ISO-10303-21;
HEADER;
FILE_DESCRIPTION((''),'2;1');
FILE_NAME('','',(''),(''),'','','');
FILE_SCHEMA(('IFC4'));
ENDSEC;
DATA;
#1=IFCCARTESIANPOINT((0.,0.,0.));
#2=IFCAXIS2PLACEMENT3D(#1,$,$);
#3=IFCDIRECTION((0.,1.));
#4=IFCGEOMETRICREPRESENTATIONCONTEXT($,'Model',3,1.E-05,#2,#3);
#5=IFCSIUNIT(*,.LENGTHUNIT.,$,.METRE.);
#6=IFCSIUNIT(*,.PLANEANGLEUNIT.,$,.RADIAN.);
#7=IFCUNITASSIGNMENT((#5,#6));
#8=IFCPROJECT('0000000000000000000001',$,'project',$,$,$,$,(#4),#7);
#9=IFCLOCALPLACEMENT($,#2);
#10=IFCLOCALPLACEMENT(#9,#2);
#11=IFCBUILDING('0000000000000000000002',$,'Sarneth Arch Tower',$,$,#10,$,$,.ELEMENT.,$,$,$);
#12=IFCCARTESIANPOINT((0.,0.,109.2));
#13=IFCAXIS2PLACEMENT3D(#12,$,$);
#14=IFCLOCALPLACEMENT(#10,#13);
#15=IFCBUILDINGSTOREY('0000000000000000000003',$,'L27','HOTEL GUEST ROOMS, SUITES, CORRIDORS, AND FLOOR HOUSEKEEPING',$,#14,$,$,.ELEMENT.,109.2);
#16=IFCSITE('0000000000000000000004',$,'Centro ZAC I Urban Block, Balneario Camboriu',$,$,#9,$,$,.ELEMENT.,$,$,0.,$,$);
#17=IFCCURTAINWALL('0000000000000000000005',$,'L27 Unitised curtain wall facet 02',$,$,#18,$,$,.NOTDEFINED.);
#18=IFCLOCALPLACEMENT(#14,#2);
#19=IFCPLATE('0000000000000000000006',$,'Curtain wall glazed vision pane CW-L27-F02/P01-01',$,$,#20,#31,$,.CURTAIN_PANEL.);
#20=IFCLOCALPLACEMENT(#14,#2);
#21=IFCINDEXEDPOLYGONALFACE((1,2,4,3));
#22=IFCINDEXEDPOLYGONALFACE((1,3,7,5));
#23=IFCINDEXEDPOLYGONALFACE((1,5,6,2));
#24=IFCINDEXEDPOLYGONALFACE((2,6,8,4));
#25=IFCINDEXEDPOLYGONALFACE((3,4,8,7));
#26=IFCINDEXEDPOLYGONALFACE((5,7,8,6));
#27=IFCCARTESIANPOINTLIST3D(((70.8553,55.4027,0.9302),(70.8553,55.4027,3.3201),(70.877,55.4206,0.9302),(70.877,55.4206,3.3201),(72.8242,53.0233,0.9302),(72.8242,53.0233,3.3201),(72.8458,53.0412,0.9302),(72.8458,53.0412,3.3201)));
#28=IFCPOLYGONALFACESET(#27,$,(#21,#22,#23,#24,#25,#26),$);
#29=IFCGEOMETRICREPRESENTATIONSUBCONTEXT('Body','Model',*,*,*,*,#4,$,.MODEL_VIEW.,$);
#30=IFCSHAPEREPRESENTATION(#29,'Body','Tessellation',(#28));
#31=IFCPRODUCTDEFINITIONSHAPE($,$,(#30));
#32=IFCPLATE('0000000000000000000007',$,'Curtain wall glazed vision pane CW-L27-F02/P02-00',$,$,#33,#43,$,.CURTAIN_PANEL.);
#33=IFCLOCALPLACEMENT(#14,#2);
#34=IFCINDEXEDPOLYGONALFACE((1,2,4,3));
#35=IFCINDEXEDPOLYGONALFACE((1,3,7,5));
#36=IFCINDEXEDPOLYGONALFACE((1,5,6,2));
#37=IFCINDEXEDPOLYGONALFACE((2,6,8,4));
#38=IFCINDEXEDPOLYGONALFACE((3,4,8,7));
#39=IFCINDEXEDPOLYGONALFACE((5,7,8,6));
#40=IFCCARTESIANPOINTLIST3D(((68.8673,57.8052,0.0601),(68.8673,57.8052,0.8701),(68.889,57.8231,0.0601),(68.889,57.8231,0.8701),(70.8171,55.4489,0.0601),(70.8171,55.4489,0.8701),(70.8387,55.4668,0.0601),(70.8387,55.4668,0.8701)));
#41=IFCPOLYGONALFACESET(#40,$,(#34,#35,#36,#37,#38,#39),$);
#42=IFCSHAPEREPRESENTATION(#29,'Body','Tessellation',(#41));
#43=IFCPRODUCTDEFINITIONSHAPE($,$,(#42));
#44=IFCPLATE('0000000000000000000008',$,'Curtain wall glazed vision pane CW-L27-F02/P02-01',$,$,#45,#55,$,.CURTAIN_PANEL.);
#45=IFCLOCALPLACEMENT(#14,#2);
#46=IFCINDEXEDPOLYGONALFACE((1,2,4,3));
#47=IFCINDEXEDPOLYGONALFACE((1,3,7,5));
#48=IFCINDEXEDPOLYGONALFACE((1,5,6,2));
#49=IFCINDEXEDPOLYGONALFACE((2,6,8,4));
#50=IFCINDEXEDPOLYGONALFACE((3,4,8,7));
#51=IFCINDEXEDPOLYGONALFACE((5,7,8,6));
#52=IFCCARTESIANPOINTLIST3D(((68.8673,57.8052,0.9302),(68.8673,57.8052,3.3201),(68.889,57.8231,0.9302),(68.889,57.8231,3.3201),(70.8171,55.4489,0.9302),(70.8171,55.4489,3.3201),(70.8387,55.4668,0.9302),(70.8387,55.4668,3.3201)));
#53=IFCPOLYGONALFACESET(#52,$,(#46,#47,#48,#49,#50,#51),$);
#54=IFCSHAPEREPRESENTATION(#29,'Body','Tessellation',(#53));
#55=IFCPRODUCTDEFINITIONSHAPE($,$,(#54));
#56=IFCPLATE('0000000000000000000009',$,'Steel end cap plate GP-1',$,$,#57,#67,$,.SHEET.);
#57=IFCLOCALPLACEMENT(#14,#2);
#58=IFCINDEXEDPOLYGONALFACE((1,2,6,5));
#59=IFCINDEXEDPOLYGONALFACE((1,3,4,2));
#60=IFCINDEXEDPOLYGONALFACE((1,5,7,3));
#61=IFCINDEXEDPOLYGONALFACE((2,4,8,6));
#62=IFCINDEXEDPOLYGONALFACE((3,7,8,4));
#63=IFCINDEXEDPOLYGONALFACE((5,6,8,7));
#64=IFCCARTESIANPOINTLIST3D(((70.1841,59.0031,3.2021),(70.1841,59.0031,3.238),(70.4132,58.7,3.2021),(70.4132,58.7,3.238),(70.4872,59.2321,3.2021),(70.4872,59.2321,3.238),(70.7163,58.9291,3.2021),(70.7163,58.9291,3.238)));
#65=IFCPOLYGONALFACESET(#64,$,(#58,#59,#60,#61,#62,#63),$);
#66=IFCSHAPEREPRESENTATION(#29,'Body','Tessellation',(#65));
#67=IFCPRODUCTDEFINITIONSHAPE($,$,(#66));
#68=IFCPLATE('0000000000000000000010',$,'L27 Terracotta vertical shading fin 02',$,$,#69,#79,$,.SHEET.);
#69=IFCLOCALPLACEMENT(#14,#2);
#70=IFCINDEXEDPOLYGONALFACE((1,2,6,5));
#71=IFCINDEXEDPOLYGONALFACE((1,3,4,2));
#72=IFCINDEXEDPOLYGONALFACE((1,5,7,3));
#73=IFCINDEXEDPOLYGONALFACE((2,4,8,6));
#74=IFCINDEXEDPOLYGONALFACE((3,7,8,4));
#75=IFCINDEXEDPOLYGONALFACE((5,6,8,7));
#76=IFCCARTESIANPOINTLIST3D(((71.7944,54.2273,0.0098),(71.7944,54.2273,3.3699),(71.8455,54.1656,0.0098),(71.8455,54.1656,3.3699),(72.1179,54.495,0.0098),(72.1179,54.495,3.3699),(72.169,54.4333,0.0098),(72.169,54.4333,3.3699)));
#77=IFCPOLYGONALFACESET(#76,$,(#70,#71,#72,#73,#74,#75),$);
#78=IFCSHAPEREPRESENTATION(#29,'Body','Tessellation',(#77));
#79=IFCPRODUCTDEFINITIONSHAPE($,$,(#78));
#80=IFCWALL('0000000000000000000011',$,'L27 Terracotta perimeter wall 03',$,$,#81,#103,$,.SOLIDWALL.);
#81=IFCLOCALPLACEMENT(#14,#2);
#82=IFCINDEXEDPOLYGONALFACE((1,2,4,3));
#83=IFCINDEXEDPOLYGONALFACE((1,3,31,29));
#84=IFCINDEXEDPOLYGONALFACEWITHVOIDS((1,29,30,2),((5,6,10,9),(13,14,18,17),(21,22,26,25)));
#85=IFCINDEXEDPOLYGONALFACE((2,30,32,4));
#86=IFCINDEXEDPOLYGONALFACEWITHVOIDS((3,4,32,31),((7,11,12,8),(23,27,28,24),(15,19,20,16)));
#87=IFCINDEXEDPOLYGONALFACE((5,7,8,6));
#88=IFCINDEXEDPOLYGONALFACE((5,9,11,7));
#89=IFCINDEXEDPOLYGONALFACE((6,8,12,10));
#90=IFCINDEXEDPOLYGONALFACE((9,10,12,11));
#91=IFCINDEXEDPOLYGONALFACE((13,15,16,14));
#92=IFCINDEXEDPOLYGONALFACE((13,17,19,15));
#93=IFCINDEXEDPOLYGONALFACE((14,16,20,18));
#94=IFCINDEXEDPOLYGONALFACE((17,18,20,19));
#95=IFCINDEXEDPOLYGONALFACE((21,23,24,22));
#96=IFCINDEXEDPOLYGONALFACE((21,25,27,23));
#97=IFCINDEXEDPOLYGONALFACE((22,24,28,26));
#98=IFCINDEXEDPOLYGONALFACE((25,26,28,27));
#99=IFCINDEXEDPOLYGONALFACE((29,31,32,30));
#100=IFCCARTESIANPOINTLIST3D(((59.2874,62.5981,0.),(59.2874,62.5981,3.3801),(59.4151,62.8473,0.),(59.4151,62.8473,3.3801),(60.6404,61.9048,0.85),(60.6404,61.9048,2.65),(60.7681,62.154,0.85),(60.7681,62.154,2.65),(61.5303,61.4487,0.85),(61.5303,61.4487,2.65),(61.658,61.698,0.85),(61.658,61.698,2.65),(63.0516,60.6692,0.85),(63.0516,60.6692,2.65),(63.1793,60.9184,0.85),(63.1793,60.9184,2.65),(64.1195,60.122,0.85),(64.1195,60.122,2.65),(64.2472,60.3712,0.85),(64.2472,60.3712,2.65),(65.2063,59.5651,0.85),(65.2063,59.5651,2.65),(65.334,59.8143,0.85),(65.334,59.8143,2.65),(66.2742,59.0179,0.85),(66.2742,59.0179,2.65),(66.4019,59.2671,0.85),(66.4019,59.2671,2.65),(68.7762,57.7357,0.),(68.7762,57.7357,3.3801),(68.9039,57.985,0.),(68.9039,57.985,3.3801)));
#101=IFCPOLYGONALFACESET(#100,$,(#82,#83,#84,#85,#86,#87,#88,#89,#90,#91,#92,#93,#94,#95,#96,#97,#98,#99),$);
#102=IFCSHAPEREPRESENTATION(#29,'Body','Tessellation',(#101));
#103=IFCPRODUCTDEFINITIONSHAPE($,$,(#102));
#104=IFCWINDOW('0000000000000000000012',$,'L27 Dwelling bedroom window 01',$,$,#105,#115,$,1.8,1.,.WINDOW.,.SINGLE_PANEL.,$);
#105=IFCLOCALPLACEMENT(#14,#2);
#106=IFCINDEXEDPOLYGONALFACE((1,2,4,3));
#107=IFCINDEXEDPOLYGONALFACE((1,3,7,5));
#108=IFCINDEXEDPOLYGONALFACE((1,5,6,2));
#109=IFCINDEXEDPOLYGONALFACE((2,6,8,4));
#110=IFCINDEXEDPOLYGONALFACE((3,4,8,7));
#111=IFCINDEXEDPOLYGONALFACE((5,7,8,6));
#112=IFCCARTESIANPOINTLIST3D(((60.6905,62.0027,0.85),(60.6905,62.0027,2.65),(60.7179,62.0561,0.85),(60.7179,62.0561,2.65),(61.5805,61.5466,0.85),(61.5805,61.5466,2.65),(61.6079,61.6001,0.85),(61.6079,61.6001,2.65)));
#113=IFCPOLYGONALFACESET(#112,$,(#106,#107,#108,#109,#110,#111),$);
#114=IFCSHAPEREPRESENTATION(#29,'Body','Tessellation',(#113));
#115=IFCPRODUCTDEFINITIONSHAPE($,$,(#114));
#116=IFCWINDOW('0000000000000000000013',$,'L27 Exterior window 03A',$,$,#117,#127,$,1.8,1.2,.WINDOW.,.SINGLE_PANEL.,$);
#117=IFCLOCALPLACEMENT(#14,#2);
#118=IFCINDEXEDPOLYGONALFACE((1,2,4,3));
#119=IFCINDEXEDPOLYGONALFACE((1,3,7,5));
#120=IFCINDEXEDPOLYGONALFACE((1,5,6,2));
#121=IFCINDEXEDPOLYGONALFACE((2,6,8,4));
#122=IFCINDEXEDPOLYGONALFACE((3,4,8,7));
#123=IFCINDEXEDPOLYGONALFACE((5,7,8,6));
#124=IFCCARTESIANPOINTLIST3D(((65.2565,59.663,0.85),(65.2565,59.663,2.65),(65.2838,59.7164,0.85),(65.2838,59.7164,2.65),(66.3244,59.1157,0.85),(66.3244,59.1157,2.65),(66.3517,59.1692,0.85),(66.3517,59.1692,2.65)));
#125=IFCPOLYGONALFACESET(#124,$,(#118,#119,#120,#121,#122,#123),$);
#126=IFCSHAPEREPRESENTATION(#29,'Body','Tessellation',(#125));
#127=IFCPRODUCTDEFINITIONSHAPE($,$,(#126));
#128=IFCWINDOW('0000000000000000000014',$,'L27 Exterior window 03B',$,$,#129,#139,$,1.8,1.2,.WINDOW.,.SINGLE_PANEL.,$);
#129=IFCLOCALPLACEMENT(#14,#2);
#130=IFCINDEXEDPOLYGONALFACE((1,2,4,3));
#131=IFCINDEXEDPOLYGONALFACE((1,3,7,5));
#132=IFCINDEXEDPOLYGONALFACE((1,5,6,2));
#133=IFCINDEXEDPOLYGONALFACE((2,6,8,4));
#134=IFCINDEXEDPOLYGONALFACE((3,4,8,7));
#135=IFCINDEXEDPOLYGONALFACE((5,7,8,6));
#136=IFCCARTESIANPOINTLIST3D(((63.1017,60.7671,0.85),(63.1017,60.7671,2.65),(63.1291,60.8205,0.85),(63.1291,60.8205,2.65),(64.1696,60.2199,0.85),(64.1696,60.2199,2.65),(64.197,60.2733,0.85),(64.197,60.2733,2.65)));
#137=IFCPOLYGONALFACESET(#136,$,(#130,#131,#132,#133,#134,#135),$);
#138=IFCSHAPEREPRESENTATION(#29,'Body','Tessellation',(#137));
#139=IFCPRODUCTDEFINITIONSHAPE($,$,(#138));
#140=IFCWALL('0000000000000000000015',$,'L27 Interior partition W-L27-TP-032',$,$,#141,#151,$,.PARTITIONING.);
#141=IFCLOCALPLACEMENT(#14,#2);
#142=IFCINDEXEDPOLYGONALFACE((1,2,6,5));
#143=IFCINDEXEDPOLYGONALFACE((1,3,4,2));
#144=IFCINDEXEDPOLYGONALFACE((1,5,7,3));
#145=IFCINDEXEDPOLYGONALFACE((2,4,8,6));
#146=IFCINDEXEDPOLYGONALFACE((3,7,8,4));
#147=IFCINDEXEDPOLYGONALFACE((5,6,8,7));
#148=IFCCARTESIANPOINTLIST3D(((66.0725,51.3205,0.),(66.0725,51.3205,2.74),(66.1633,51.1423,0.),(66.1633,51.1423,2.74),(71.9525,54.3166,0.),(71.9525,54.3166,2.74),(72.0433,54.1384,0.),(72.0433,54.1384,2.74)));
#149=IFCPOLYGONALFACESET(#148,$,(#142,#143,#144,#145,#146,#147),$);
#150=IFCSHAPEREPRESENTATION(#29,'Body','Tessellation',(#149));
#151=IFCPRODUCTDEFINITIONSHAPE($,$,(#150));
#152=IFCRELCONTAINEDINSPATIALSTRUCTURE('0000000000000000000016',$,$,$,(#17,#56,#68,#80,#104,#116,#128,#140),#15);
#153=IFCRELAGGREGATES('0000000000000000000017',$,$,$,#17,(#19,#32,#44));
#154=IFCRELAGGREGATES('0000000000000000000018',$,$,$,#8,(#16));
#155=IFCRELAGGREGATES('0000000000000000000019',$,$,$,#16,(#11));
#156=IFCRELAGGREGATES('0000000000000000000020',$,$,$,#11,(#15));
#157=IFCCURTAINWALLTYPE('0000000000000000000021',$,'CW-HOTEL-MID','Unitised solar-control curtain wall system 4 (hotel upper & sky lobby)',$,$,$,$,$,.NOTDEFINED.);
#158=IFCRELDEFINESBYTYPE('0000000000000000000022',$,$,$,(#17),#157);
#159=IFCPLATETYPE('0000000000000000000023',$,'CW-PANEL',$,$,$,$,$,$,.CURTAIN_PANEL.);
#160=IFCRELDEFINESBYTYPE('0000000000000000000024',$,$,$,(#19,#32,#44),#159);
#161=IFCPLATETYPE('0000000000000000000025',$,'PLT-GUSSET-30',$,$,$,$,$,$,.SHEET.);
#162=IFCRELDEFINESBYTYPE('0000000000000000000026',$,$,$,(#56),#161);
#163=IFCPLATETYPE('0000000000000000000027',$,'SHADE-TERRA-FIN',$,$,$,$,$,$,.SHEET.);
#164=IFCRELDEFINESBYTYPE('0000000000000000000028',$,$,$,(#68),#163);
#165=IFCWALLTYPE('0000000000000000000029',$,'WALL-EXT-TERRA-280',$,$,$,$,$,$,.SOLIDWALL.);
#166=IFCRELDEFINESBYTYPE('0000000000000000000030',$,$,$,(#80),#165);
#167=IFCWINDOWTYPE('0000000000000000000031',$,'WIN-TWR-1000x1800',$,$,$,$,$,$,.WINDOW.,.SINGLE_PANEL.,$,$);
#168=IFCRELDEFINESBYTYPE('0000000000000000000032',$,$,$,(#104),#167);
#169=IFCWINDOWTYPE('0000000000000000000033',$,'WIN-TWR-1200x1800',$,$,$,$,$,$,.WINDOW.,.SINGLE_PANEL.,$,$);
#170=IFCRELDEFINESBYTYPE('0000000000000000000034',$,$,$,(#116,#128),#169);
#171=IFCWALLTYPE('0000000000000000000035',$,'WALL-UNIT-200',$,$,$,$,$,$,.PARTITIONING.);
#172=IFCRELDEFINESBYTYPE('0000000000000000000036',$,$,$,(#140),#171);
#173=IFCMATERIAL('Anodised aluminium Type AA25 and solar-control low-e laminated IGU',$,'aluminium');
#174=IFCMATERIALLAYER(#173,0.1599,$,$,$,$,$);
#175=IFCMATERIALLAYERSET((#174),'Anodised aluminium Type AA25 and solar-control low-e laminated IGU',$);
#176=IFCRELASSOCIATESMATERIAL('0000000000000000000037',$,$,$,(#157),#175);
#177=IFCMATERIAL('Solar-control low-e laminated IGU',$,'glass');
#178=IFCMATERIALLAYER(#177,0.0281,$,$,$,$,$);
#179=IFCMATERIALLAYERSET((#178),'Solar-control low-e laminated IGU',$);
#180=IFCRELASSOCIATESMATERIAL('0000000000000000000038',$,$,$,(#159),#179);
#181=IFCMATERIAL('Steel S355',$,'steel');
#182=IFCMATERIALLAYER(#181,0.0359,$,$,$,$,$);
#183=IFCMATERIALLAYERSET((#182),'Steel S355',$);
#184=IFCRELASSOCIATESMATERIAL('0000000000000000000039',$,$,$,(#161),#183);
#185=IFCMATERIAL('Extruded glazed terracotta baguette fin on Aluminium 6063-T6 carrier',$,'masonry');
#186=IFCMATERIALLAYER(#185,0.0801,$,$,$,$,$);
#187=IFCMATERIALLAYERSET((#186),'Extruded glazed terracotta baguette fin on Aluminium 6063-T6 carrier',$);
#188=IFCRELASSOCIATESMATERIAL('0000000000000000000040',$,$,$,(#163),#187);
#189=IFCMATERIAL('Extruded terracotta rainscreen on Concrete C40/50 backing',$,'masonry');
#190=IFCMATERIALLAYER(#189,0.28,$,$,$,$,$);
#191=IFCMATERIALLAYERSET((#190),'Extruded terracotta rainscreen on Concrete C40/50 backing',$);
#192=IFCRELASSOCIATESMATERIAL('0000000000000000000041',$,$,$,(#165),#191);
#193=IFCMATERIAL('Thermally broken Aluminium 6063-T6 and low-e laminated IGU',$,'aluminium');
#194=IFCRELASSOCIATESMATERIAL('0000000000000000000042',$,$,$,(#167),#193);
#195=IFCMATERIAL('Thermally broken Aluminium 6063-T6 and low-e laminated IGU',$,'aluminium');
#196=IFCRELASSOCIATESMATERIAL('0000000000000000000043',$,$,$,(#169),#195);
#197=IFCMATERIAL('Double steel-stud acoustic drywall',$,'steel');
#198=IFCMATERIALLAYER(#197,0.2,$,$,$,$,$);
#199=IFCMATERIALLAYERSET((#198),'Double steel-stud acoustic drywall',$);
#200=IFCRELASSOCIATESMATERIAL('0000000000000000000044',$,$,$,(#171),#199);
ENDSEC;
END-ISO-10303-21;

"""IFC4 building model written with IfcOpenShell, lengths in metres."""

from ifc_helpers import new_model, si_unit, direction, frame, frame_2d, origin, origin_2d, place, context, subcontext, project, spatial, rectangle, extrude, material, layer, layer_set, type_object, element, fill, aggregate, save


model = new_model("IFC4")

# Units and contexts
model_context = context("Model", 3, precision=1e-05, world=origin(), true_north=direction((0.0, 1.0)))
body_context = subcontext(model_context, "Body", "Model", "MODEL_VIEW")
ifc_project = project(units=[si_unit("LENGTHUNIT", "METRE"), si_unit("PLANEANGLEUNIT", "RADIAN")], contexts=[model_context])

# Site, building, storey
site_placement = place(None, origin())
site = spatial("IfcSite", under=ifc_project, at=site_placement, Name="Centro ZAC I Urban Block, Balneario Camboriu", CompositionType="ELEMENT", RefElevation=0.0)
building_placement = place(site_placement, origin())
building = spatial("IfcBuilding", under=site, at=building_placement, Name="Sarneth Arch Tower", CompositionType="ELEMENT")
storey_placement = place(building_placement, frame((0.0, 0.0, 109.2)))
storey = spatial("IfcBuildingStorey", under=building, at=storey_placement, Name="L27", Description="HOTEL GUEST ROOMS, SUITES, CORRIDORS, AND FLOOR HOUSEKEEPING", CompositionType="ELEMENT", Elevation=109.2)

# Curtain wall
ifc_material_1 = material(Name="Anodised aluminium Type AA25 and solar-control low-e laminated IGU", Category="aluminium")
ifc_layer_1 = layer(ifc_material_1, 0.1599)
ifc_layer_set_1 = layer_set([ifc_layer_1], Name="Anodised aluminium Type AA25 and solar-control low-e laminated IGU")
curtain_wall_type = type_object("IfcCurtainWallType", Name="CW-HOTEL-MID", Description="Unitised solar-control curtain wall system 4 (hotel upper & sky lobby)", PredefinedType="NOTDEFINED", material=ifc_layer_set_1)
curtain_wall_placement = place(storey_placement, origin())
curtain_wall = element("IfcCurtainWall", 1, at=curtain_wall_placement, inside=storey, type_object=curtain_wall_type, Name="L27 Unitised curtain wall facet 02", PredefinedType="NOTDEFINED")

# Plates
ifc_material_2 = material(Name="Solar-control low-e laminated IGU", Category="glass")
ifc_layer_2 = layer(ifc_material_2, 0.0281)
ifc_layer_set_2 = layer_set([ifc_layer_2], Name="Solar-control low-e laminated IGU")
plate_type_1 = type_object("IfcPlateType", Name="CW-PANEL", PredefinedType="CURTAIN_PANEL", material=ifc_layer_set_2)
plate_1_placement = place(storey_placement, frame((71.8506, 54.2219, 0.9302), z_axis=(0.0, 0.0, 1.0), x_axis=(-0.637515, 0.770438, 0.0)))
plate_1 = element("IfcPlate", 2, at=plate_1_placement, type_object=plate_type_1, Name="Curtain wall glazed vision pane CW-L27-F02/P01-01", PredefinedType="CURTAIN_PANEL", context=body_context, shape_type="SweptSolid", body=[
    extrude(rectangle(XDim=3.0884, YDim=0.0281, at=origin_2d()), origin(), (0.0, 0.0, 1.0), 2.3899),
])
plate_2_placement = place(storey_placement, frame((69.853, 56.636, 0.0601), z_axis=(0.0, 0.0, 1.0), x_axis=(-0.637515, 0.770438, 0.0)))
plate_2 = element("IfcPlate", 3, at=plate_2_placement, type_object=plate_type_1, Name="Curtain wall glazed vision pane CW-L27-F02/P02-00", PredefinedType="CURTAIN_PANEL", context=body_context, shape_type="SweptSolid", body=[
    extrude(rectangle(XDim=3.0583, YDim=0.0281, at=origin_2d()), origin(), (0.0, 0.0, 1.0), 0.8101),
])
plate_3_placement = place(storey_placement, frame((69.853, 56.636, 0.9302), z_axis=(0.0, 0.0, 1.0), x_axis=(-0.637515, 0.770438, 0.0)))
plate_3 = element("IfcPlate", 4, at=plate_3_placement, type_object=plate_type_1, Name="Curtain wall glazed vision pane CW-L27-F02/P02-01", PredefinedType="CURTAIN_PANEL", context=body_context, shape_type="SweptSolid", body=[
    extrude(rectangle(XDim=3.0583, YDim=0.0281, at=origin_2d()), origin(), (0.0, 0.0, 1.0), 2.3899),
])
aggregate(curtain_wall, [plate_1, plate_2, plate_3])

# Plates
ifc_material_3 = material(Name="Steel S355", Category="steel")
ifc_layer_3 = layer(ifc_material_3, 0.0359)
ifc_layer_set_3 = layer_set([ifc_layer_3], Name="Steel S355")
plate_type_2 = type_object("IfcPlateType", Name="PLT-GUSSET-30", PredefinedType="SHEET", material=ifc_layer_set_3)
plate_4_placement = place(storey_placement, frame((70.4502, 58.9661, 3.2021), z_axis=(0.0, 0.0, 1.0), x_axis=(0.797794, 0.60293, 0.0)))
element("IfcPlate", 5, at=plate_4_placement, inside=storey, type_object=plate_type_2, Name="Steel end cap plate GP-1", PredefinedType="SHEET", context=body_context, shape_type="SweptSolid", body=[
    extrude(rectangle(XDim=0.3799, YDim=0.3799, at=origin_2d()), origin(), (0.0, 0.0, 1.0), 0.0359),
])
ifc_material_4 = material(Name="Extruded glazed terracotta baguette fin on Aluminium 6063-T6 carrier", Category="masonry")
ifc_layer_4 = layer(ifc_material_4, 0.0801)
ifc_layer_set_4 = layer_set([ifc_layer_4], Name="Extruded glazed terracotta baguette fin on Aluminium 6063-T6 carrier")
plate_type_3 = type_object("IfcPlateType", Name="SHADE-TERRA-FIN", PredefinedType="SHEET", material=ifc_layer_set_4)
plate_5_placement = place(storey_placement, frame((71.9817, 54.3303, 0.0098), z_axis=(0.0, 0.0, 1.0), x_axis=(0.770402, 0.637558, 0.0)))
element("IfcPlate", 6, at=plate_5_placement, inside=storey, type_object=plate_type_3, Name="L27 Terracotta vertical shading fin 02", PredefinedType="SHEET", context=body_context, shape_type="SweptSolid", body=[
    extrude(rectangle(XDim=0.4199, YDim=0.0801, at=origin_2d()), origin(), (0.0, 0.0, 1.0), 3.3601),
])

# Wall, openings, windows
ifc_material_5 = material(Name="Extruded terracotta rainscreen on Concrete C40/50 backing", Category="masonry")
ifc_layer_5 = layer(ifc_material_5, 0.28)
ifc_layer_set_5 = layer_set([ifc_layer_5], Name="Extruded terracotta rainscreen on Concrete C40/50 backing")
wall_type_1 = type_object("IfcWallType", Name="WALL-EXT-TERRA-280", PredefinedType="SOLIDWALL", material=ifc_layer_set_5)
wall_1_placement = place(storey_placement, frame((68.8401, 57.8604, 0.0), z_axis=(0.0, 0.0, 1.0), x_axis=(-0.88996, 0.45604, 0.0)))
wall_1 = element("IfcWall", 7, at=wall_1_placement, inside=storey, type_object=wall_type_1, Name="L27 Terracotta perimeter wall 03", PredefinedType="SOLIDWALL", context=body_context, shape_type="SweptSolid", body=[
    extrude(rectangle(XDim=10.6621, YDim=0.28, at=frame_2d((5.3311, 0.0))), origin(), (0.0, 0.0, 1.0), 3.3801),
])
opening_1_placement = place(wall_1_placement, frame((2.8113, 0.0, 0.8501)))
opening_1 = element("IfcOpeningElement", 8, at=opening_1_placement, cuts=wall_1, PredefinedType="OPENING", context=body_context, shape_type="SweptSolid", body=[
    extrude(rectangle(XDim=1.2, YDim=1.8, at=frame_2d((0.6001, 0.8999))), frame((0.0, 0.1499, 0.0), z_axis=(0.0, -1.0, 0.0), x_axis=(1.0, 0.0, 0.0)), (0.0, 0.0, 1.0), 0.3),
])
opening_2_placement = place(wall_1_placement, frame((5.2324, 0.0, 0.8501)))
opening_2 = element("IfcOpeningElement", 9, at=opening_2_placement, cuts=wall_1, PredefinedType="OPENING", context=body_context, shape_type="SweptSolid", body=[
    extrude(rectangle(XDim=1.2, YDim=1.8, at=frame_2d((0.6001, 0.8999))), frame((0.0, 0.1499, 0.0), z_axis=(0.0, -1.0, 0.0), x_axis=(1.0, 0.0, 0.0)), (0.0, 0.0, 1.0), 0.3),
])
opening_3_placement = place(wall_1_placement, frame((8.1418, 0.0, 0.8501)))
opening_3 = element("IfcOpeningElement", 10, at=opening_3_placement, cuts=wall_1, PredefinedType="OPENING", context=body_context, shape_type="SweptSolid", body=[
    extrude(rectangle(XDim=1.0, YDim=1.8, at=frame_2d((0.5, 0.8999))), frame((0.0, 0.1499, 0.0), z_axis=(0.0, -1.0, 0.0), x_axis=(1.0, 0.0, 0.0)), (0.0, 0.0, 1.0), 0.3),
])
ifc_material_6 = material(Name="Thermally broken Aluminium 6063-T6 and low-e laminated IGU", Category="aluminium")
window_type_1 = type_object("IfcWindowType", Name="WIN-TWR-1000x1800", PartitioningType="SINGLE_PANEL", PredefinedType="WINDOW", material=ifc_material_6)
window_1_placement = place(opening_3_placement, origin())
window_1 = element("IfcWindow", 11, at=window_1_placement, inside=storey, type_object=window_type_1, Name="L27 Dwelling bedroom window 01", OverallHeight=1.8, OverallWidth=1.0, PartitioningType="SINGLE_PANEL", PredefinedType="WINDOW", context=body_context, shape_type="SweptSolid", body=[
    extrude(rectangle(XDim=1.0, YDim=1.8, at=frame_2d((0.5, 0.8999))), frame((0.0, 0.03, 0.0), z_axis=(0.0, -1.0, 0.0), x_axis=(1.0, 0.0, 0.0)), (0.0, 0.0, 1.0), 0.0601),
])
fill(opening_3, window_1)
ifc_material_7 = material(Name="Thermally broken Aluminium 6063-T6 and low-e laminated IGU", Category="aluminium")
window_type_2 = type_object("IfcWindowType", Name="WIN-TWR-1200x1800", PartitioningType="SINGLE_PANEL", PredefinedType="WINDOW", material=ifc_material_7)
window_2_placement = place(opening_1_placement, origin())
window_2 = element("IfcWindow", 12, at=window_2_placement, inside=storey, type_object=window_type_2, Name="L27 Exterior window 03A", OverallHeight=1.8, OverallWidth=1.2, PartitioningType="SINGLE_PANEL", PredefinedType="WINDOW", context=body_context, shape_type="SweptSolid", body=[
    extrude(rectangle(XDim=1.2, YDim=1.8, at=frame_2d((0.6001, 0.8999))), frame((0.0, 0.03, 0.0), z_axis=(0.0, -1.0, 0.0), x_axis=(1.0, 0.0, 0.0)), (0.0, 0.0, 1.0), 0.0601),
])
fill(opening_1, window_2)
window_3_placement = place(opening_2_placement, origin())
window_3 = element("IfcWindow", 13, at=window_3_placement, inside=storey, type_object=window_type_2, Name="L27 Exterior window 03B", OverallHeight=1.8, OverallWidth=1.2, PartitioningType="SINGLE_PANEL", PredefinedType="WINDOW", context=body_context, shape_type="SweptSolid", body=[
    extrude(rectangle(XDim=1.2, YDim=1.8, at=frame_2d((0.6001, 0.8999))), frame((0.0, 0.03, 0.0), z_axis=(0.0, -1.0, 0.0), x_axis=(1.0, 0.0, 0.0)), (0.0, 0.0, 1.0), 0.0601),
])
fill(opening_2, window_3)

# Wall
ifc_material_8 = material(Name="Double steel-stud acoustic drywall", Category="steel")
ifc_layer_6 = layer(ifc_material_8, 0.2)
ifc_layer_set_6 = layer_set([ifc_layer_6], Name="Double steel-stud acoustic drywall")
wall_type_2 = type_object("IfcWallType", Name="WALL-UNIT-200", PredefinedType="PARTITIONING", material=ifc_layer_set_6)
wall_2_placement = place(storey_placement, frame((71.998, 54.2275, 0.0), z_axis=(0.0, 0.0, 1.0), x_axis=(-0.891005, -0.453993, 0.0)))
element("IfcWall", 14, at=wall_2_placement, inside=storey, type_object=wall_type_2, Name="L27 Interior partition W-L27-TP-032", PredefinedType="PARTITIONING", context=body_context, shape_type="SweptSolid", body=[
    extrude(rectangle(XDim=6.5994, YDim=0.2, at=frame_2d((3.2998, 0.0))), origin(), (0.0, 0.0, 1.0), 2.74),
])

save(model, "model.ifc")
